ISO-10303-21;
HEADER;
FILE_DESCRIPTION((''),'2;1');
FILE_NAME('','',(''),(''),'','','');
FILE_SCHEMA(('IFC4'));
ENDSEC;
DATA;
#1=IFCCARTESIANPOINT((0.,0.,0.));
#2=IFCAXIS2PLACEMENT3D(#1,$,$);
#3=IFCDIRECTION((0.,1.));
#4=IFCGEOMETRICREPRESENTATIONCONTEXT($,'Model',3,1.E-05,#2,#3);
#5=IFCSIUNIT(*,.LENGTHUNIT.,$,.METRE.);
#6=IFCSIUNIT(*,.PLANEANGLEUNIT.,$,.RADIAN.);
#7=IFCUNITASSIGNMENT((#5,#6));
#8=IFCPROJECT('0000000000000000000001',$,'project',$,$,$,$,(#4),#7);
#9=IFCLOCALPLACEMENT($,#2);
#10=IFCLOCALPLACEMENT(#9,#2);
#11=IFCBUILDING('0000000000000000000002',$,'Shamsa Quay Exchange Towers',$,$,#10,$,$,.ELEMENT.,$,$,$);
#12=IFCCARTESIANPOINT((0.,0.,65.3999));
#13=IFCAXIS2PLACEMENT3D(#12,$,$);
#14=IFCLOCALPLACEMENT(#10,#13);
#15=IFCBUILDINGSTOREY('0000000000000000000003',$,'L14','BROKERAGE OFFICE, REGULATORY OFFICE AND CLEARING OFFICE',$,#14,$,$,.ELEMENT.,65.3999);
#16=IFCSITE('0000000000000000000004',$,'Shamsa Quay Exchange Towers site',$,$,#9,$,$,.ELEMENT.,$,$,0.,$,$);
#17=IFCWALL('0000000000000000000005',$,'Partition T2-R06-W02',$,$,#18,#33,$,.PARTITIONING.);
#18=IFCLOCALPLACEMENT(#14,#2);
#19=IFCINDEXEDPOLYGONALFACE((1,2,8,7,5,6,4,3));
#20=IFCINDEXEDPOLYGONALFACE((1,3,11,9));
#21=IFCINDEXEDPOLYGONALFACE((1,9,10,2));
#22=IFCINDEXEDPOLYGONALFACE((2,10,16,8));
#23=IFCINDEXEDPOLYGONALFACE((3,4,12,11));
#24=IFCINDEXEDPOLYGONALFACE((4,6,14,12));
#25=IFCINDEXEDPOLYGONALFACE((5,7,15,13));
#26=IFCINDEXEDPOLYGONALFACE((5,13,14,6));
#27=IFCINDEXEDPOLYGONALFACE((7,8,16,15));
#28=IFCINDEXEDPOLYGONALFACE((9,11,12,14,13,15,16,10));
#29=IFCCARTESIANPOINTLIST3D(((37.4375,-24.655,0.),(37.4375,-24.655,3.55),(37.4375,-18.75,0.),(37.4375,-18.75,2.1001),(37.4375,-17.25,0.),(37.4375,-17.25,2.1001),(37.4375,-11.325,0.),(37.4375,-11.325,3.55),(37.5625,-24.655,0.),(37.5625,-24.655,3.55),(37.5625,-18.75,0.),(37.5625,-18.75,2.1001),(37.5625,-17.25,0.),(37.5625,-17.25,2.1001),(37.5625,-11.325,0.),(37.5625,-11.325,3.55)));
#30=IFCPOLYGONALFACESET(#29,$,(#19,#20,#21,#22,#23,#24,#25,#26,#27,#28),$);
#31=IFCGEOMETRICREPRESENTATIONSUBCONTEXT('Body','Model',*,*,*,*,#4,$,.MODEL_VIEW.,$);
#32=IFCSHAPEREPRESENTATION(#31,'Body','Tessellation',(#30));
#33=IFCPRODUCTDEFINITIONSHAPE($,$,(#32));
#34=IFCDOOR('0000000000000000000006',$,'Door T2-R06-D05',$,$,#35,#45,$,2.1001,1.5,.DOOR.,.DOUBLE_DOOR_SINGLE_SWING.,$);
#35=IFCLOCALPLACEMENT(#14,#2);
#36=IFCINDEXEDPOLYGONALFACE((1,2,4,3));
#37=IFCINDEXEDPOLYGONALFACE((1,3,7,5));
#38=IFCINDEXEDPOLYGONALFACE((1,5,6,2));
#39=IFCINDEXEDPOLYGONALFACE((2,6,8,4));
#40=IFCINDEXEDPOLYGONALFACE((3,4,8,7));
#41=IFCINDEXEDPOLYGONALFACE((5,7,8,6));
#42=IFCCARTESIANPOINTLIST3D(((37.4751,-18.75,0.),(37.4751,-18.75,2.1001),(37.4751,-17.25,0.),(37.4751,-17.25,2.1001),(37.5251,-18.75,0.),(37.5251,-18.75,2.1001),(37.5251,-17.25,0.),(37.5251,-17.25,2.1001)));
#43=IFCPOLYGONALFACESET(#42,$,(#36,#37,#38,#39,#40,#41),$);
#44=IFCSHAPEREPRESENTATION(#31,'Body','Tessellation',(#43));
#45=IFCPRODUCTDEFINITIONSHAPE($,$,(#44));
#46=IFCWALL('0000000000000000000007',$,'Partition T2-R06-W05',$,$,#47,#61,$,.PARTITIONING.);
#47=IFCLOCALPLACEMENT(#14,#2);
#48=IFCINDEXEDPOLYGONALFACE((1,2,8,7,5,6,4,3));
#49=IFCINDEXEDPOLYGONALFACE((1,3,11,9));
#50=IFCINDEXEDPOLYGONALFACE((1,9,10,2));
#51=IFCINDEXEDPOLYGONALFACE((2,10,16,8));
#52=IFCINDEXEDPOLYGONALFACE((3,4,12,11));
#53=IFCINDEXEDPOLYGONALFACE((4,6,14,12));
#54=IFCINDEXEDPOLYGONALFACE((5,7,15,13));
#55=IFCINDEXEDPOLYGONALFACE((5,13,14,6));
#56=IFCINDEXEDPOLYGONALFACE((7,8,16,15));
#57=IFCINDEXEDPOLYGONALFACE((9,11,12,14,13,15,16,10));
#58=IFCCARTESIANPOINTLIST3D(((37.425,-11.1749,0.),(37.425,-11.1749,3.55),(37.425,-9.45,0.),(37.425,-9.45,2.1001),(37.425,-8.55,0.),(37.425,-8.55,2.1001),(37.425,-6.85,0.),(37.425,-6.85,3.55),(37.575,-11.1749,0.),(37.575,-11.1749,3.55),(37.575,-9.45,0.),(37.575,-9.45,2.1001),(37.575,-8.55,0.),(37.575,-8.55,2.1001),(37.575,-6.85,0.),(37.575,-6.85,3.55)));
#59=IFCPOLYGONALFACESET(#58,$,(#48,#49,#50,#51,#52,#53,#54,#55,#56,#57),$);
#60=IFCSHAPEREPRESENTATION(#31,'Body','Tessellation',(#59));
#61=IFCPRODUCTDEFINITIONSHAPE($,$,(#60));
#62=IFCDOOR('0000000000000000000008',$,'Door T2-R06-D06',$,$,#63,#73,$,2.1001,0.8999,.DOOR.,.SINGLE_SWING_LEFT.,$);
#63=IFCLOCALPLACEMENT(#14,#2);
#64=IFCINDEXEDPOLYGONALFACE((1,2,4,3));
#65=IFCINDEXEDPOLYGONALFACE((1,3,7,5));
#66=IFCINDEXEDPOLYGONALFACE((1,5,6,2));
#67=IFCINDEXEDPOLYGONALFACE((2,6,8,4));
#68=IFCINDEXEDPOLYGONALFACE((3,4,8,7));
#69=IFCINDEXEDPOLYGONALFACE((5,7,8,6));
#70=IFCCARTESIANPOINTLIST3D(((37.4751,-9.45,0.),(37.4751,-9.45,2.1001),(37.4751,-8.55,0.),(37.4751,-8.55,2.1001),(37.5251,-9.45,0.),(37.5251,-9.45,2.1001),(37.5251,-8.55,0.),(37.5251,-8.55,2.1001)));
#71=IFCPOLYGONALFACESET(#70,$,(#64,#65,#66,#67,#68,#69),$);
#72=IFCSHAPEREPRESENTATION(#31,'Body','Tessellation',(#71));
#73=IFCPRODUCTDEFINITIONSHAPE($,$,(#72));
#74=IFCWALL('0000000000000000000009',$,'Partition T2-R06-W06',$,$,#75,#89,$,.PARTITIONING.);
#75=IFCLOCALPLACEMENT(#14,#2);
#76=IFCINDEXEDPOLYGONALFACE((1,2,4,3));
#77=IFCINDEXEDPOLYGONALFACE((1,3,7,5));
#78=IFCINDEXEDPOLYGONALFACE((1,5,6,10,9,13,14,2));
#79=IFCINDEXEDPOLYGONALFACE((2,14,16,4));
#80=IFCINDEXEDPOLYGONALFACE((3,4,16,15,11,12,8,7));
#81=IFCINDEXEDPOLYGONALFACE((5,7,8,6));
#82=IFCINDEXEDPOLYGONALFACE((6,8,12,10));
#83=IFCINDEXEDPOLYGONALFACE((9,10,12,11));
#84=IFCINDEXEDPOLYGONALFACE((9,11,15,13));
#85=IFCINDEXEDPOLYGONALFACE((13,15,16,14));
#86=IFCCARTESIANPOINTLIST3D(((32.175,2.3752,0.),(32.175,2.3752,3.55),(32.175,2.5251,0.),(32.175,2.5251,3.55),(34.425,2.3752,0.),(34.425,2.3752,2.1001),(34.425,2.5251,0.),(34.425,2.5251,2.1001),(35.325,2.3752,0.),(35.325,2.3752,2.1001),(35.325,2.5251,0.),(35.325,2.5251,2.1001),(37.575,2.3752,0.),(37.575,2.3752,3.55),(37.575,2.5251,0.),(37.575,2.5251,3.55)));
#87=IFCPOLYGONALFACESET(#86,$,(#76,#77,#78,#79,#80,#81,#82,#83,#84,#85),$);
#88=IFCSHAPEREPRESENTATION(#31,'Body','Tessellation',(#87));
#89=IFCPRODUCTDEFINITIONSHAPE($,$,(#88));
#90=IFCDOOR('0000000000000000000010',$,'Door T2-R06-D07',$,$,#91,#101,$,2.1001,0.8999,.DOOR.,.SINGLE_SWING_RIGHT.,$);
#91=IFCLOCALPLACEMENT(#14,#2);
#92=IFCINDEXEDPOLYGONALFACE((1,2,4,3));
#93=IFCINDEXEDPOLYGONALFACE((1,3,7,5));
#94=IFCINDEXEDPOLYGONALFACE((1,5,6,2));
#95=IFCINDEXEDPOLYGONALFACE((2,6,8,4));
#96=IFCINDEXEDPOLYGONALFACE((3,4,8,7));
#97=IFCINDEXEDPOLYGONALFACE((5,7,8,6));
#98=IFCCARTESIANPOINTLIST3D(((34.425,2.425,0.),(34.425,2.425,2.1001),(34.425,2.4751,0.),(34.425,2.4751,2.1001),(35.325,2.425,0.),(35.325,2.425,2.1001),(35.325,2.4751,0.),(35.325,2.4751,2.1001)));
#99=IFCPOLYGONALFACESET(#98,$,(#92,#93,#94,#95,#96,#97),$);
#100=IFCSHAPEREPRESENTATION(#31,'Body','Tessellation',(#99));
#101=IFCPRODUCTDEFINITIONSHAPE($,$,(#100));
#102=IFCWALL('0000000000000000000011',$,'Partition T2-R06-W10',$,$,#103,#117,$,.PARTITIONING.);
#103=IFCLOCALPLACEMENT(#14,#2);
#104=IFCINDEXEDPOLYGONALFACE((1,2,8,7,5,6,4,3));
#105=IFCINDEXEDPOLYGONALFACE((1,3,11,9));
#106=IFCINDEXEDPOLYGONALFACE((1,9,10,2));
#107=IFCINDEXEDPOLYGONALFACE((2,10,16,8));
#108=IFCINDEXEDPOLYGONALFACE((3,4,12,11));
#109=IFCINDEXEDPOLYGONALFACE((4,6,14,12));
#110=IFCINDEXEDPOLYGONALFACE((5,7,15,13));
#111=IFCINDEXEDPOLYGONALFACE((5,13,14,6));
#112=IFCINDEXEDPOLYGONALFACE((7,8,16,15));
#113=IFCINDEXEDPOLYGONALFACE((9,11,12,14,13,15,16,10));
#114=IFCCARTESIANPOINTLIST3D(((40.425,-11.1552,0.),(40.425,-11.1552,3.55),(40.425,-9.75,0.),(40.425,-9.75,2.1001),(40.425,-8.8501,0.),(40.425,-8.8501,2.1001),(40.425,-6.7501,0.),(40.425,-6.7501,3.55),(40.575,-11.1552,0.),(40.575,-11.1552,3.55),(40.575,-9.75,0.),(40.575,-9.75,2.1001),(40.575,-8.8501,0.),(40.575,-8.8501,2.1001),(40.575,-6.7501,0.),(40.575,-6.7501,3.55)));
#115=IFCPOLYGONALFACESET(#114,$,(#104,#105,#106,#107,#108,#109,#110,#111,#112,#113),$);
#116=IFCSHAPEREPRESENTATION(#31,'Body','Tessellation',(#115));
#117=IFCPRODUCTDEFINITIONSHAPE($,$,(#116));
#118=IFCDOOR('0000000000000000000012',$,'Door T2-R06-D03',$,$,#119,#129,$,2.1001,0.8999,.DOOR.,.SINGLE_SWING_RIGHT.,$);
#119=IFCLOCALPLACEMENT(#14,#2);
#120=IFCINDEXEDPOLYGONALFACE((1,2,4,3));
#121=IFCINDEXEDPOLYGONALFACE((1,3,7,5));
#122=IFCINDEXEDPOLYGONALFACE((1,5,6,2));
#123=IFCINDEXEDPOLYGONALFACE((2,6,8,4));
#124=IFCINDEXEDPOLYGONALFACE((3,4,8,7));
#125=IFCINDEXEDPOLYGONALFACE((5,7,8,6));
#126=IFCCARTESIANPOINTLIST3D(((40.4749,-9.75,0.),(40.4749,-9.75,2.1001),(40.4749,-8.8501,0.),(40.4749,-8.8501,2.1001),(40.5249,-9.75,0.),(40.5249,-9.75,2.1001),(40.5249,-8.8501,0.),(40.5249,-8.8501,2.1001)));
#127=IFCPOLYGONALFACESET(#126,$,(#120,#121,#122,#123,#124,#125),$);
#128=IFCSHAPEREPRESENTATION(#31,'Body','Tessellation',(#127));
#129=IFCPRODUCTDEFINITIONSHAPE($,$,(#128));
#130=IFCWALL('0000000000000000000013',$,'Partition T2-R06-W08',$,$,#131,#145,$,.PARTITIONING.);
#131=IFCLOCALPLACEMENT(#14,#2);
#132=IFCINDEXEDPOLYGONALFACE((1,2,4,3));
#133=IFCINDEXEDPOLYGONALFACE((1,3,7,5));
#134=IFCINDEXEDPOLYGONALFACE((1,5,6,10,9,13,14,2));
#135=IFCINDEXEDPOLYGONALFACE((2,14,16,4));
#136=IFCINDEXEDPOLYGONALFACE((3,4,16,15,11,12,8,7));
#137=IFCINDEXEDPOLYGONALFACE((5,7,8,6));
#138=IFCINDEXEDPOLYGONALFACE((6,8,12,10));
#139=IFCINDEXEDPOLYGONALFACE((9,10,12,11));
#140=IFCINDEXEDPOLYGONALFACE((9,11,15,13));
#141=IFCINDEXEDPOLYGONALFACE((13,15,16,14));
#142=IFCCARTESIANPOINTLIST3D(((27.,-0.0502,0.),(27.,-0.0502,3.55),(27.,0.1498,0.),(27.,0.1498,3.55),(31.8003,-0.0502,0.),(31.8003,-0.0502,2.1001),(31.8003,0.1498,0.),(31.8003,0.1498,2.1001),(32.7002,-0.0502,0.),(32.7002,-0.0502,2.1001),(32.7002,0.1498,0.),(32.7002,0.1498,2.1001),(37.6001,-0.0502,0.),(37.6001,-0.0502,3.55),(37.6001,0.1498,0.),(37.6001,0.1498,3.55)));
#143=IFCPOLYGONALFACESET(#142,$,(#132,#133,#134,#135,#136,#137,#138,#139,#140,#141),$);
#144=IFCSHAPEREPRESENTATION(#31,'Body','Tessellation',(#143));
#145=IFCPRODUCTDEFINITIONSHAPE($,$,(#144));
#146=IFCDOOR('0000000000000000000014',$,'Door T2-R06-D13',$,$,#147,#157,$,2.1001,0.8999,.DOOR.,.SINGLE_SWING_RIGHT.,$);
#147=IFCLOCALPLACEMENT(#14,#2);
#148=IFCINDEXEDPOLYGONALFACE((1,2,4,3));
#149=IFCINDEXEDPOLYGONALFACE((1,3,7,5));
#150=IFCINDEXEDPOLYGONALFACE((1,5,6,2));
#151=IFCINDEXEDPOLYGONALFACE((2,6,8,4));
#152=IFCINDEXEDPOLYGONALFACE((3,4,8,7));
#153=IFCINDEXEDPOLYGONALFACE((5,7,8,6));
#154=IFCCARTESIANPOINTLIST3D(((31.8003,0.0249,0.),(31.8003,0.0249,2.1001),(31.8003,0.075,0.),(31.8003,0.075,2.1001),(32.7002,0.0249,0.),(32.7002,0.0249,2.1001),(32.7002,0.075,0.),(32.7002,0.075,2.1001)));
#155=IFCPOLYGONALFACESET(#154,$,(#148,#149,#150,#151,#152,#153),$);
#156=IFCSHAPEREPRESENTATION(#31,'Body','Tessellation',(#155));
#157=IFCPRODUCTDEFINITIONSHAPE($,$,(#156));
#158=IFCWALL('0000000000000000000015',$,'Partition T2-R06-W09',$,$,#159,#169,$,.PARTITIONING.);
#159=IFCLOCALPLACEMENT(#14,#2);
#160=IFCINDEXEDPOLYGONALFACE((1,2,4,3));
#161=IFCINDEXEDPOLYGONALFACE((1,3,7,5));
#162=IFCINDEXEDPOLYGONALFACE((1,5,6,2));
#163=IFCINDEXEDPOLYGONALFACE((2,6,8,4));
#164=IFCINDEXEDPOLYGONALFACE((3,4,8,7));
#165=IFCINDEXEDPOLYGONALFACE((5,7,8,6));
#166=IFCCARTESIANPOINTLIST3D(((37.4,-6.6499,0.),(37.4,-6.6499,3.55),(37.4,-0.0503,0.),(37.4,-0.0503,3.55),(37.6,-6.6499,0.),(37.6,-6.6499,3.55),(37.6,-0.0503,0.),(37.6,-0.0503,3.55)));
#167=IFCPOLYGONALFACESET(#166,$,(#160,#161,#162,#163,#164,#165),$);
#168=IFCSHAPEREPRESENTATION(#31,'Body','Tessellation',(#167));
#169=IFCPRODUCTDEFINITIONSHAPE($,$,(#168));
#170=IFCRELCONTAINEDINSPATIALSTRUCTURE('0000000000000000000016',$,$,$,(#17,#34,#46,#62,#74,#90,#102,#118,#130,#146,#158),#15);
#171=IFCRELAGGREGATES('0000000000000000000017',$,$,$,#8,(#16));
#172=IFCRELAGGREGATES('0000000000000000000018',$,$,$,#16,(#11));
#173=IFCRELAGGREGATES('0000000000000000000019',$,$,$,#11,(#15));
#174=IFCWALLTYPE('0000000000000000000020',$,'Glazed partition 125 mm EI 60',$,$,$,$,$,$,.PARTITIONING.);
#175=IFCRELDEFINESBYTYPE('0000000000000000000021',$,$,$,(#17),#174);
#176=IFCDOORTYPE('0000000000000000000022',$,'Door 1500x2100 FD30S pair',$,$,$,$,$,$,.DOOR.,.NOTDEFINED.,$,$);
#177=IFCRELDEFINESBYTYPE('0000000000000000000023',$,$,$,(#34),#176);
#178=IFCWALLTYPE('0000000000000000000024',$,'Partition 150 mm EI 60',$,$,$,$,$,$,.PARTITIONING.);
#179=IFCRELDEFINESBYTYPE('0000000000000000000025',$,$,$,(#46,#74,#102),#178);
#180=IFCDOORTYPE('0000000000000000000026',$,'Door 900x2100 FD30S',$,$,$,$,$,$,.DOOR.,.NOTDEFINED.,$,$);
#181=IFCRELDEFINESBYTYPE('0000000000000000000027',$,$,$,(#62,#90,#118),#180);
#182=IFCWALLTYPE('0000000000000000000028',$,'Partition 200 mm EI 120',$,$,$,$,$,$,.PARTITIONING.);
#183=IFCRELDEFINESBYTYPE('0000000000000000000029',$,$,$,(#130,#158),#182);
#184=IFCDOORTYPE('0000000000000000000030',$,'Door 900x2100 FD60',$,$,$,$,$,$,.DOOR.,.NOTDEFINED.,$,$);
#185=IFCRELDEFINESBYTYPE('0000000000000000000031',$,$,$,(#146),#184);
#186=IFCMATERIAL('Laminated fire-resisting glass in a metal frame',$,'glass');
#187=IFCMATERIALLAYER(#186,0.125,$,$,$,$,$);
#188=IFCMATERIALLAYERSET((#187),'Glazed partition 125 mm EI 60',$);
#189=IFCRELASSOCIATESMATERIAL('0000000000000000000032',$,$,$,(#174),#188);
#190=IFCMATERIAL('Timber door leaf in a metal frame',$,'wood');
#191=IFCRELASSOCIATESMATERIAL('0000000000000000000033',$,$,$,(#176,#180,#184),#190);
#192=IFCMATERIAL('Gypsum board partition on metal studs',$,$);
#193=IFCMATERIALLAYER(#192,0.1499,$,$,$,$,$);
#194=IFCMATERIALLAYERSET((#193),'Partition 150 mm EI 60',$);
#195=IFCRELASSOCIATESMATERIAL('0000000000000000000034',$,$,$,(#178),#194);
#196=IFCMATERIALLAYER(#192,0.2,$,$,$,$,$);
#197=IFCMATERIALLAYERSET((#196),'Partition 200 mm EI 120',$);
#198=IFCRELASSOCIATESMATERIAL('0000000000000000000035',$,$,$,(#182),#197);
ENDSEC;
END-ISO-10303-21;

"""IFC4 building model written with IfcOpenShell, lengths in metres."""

from ifc_helpers import new_model, si_unit, direction, frame, frame_2d, origin, place, context, subcontext, project, spatial, rectangle, extrude, material, layer, layer_set, type_object, element, fill, save


model = new_model("IFC4")

# Units and contexts
model_context = context("Model", 3, precision=1e-05, world=origin(), true_north=direction((0.0, 1.0)))
body_context = subcontext(model_context, "Body", "Model", "MODEL_VIEW")
ifc_project = project(units=[si_unit("LENGTHUNIT", "METRE"), si_unit("PLANEANGLEUNIT", "RADIAN")], contexts=[model_context])

# Site, building, storey
site_placement = place(None, origin())
site = spatial("IfcSite", under=ifc_project, at=site_placement, Name="Shamsa Quay Exchange Towers site", CompositionType="ELEMENT", RefElevation=0.0)
building_placement = place(site_placement, origin())
building = spatial("IfcBuilding", under=site, at=building_placement, Name="Shamsa Quay Exchange Towers", CompositionType="ELEMENT")
storey_placement = place(building_placement, frame((0.0, 0.0, 65.3999)))
storey = spatial("IfcBuildingStorey", under=building, at=storey_placement, Name="L14", Description="BROKERAGE OFFICE, REGULATORY OFFICE AND CLEARING OFFICE", CompositionType="ELEMENT", Elevation=65.3999)

# Walls, openings, doors
ifc_material_1 = material(Name="Laminated fire-resisting glass in a metal frame", Category="glass")
ifc_layer_1 = layer(ifc_material_1, 0.125)
ifc_layer_set_1 = layer_set([ifc_layer_1], Name="Glazed partition 125 mm EI 60")
wall_type_1 = type_object("IfcWallType", Name="Glazed partition 125 mm EI 60", PredefinedType="PARTITIONING", material=ifc_layer_set_1)
wall_1_placement = place(storey_placement, frame((37.5, -24.655, 0.0), z_axis=(0.0, 0.0, 1.0), x_axis=(0.0, 1.0, 0.0)))
wall_1 = element("IfcWall", 1, at=wall_1_placement, inside=storey, type_object=wall_type_1, Name="Partition T2-R06-W02", PredefinedType="PARTITIONING", context=body_context, shape_type="SweptSolid", body=[
    extrude(rectangle(XDim=13.3301, YDim=0.125, at=frame_2d((6.665, 0.0))), origin(), (0.0, 0.0, 1.0), 3.55),
])
opening_1_placement = place(wall_1_placement, frame((5.905, 0.0, 0.0)))
opening_1 = element("IfcOpeningElement", 2, at=opening_1_placement, cuts=wall_1, PredefinedType="OPENING", context=body_context, shape_type="SweptSolid", body=[
    extrude(rectangle(XDim=1.5, YDim=2.1001, at=frame_2d((0.75, 1.05))), frame((0.0, 0.0725, 0.0), z_axis=(0.0, -1.0, 0.0), x_axis=(1.0, 0.0, 0.0)), (0.0, 0.0, 1.0), 0.145),
])
ifc_material_2 = material(Name="Timber door leaf in a metal frame", Category="wood")
door_type_1 = type_object("IfcDoorType", Name="Door 1500x2100 FD30S pair", OperationType="NOTDEFINED", PredefinedType="DOOR", material=ifc_material_2)
door_1_placement = place(opening_1_placement, origin())
door_1 = element("IfcDoor", 3, at=door_1_placement, inside=storey, type_object=door_type_1, Name="Door T2-R06-D05", OperationType="DOUBLE_DOOR_SINGLE_SWING", OverallHeight=2.1001, OverallWidth=1.5, PredefinedType="DOOR", context=body_context, shape_type="SweptSolid", body=[
    extrude(rectangle(XDim=1.5, YDim=2.1001, at=frame_2d((0.75, 1.05))), frame((0.0, 0.0249, 0.0), z_axis=(0.0, -1.0, 0.0), x_axis=(1.0, 0.0, 0.0)), (0.0, 0.0, 1.0), 0.05),
])
fill(opening_1, door_1)
ifc_material_3 = material(Name="Gypsum board partition on metal studs")
ifc_layer_2 = layer(ifc_material_3, 0.1499)
ifc_layer_set_2 = layer_set([ifc_layer_2], Name="Partition 150 mm EI 60")
wall_type_2 = type_object("IfcWallType", Name="Partition 150 mm EI 60", PredefinedType="PARTITIONING", material=ifc_layer_set_2)
wall_2_placement = place(storey_placement, frame((37.5, -11.175, 0.0), z_axis=(0.0, 0.0, 1.0), x_axis=(0.0, 1.0, 0.0)))
wall_2 = element("IfcWall", 4, at=wall_2_placement, inside=storey, type_object=wall_type_2, Name="Partition T2-R06-W05", PredefinedType="PARTITIONING", context=body_context, shape_type="SweptSolid", body=[
    extrude(rectangle(XDim=4.325, YDim=0.1499, at=frame_2d((2.1626, 0.0))), origin(), (0.0, 0.0, 1.0), 3.55),
])
opening_2_placement = place(wall_2_placement, frame((1.7251, 0.0, 0.0)))
opening_2 = element("IfcOpeningElement", 5, at=opening_2_placement, cuts=wall_2, PredefinedType="OPENING", context=body_context, shape_type="SweptSolid", body=[
    extrude(rectangle(XDim=0.8999, YDim=2.1001, at=frame_2d((0.45, 1.05))), frame((0.0, 0.085, 0.0), z_axis=(0.0, -1.0, 0.0), x_axis=(1.0, 0.0, 0.0)), (0.0, 0.0, 1.0), 0.1699),
])
door_type_2 = type_object("IfcDoorType", Name="Door 900x2100 FD30S", OperationType="NOTDEFINED", PredefinedType="DOOR", material=ifc_material_2)
door_2_placement = place(opening_2_placement, origin())
door_2 = element("IfcDoor", 6, at=door_2_placement, inside=storey, type_object=door_type_2, Name="Door T2-R06-D06", OperationType="SINGLE_SWING_LEFT", OverallHeight=2.1001, OverallWidth=0.8999, PredefinedType="DOOR", context=body_context, shape_type="SweptSolid", body=[
    extrude(rectangle(XDim=0.8999, YDim=2.1001, at=frame_2d((0.45, 1.05))), frame((0.0, 0.0249, 0.0), z_axis=(0.0, -1.0, 0.0), x_axis=(1.0, 0.0, 0.0)), (0.0, 0.0, 1.0), 0.05),
])
fill(opening_2, door_2)
wall_3_placement = place(storey_placement, frame((32.175, 2.4502, 0.0)))
wall_3 = element("IfcWall", 7, at=wall_3_placement, inside=storey, type_object=wall_type_2, Name="Partition T2-R06-W06", PredefinedType="PARTITIONING", context=body_context, shape_type="SweptSolid", body=[
    extrude(rectangle(XDim=5.3999, YDim=0.1499, at=frame_2d((2.7, 0.0))), origin(), (0.0, 0.0, 1.0), 3.55),
])
opening_3_placement = place(wall_3_placement, frame((2.25, 0.0, 0.0)))
opening_3 = element("IfcOpeningElement", 8, at=opening_3_placement, cuts=wall_3, PredefinedType="OPENING", context=body_context, shape_type="SweptSolid", body=[
    extrude(rectangle(XDim=0.8999, YDim=2.1001, at=frame_2d((0.45, 1.05))), frame((0.0, 0.085, 0.0), z_axis=(0.0, -1.0, 0.0), x_axis=(1.0, 0.0, 0.0)), (0.0, 0.0, 1.0), 0.1699),
])
door_3_placement = place(opening_3_placement, origin())
door_3 = element("IfcDoor", 9, at=door_3_placement, inside=storey, type_object=door_type_2, Name="Door T2-R06-D07", OperationType="SINGLE_SWING_RIGHT", OverallHeight=2.1001, OverallWidth=0.8999, PredefinedType="DOOR", context=body_context, shape_type="SweptSolid", body=[
    extrude(rectangle(XDim=0.8999, YDim=2.1001, at=frame_2d((0.45, 1.05))), frame((0.0, 0.0249, 0.0), z_axis=(0.0, -1.0, 0.0), x_axis=(1.0, 0.0, 0.0)), (0.0, 0.0, 1.0), 0.05),
])
fill(opening_3, door_3)
wall_4_placement = place(storey_placement, frame((40.5, -6.75, 0.0), z_axis=(0.0, 0.0, 1.0), x_axis=(0.0, -1.0, 0.0)))
wall_4 = element("IfcWall", 10, at=wall_4_placement, inside=storey, type_object=wall_type_2, Name="Partition T2-R06-W10", PredefinedType="PARTITIONING", context=body_context, shape_type="SweptSolid", body=[
    extrude(rectangle(XDim=4.405, YDim=0.1499, at=frame_2d((2.2026, 0.0))), origin(), (0.0, 0.0, 1.0), 3.55),
])
opening_4_placement = place(wall_4_placement, frame((2.1001, 0.0, 0.0)))
opening_4 = element("IfcOpeningElement", 11, at=opening_4_placement, cuts=wall_4, PredefinedType="OPENING", context=body_context, shape_type="SweptSolid", body=[
    extrude(rectangle(XDim=0.8999, YDim=2.1001, at=frame_2d((0.45, 1.05))), frame((0.0, 0.085, 0.0), z_axis=(0.0, -1.0, 0.0), x_axis=(1.0, 0.0, 0.0)), (0.0, 0.0, 1.0), 0.1699),
])
door_4_placement = place(opening_4_placement, origin())
door_4 = element("IfcDoor", 12, at=door_4_placement, inside=storey, type_object=door_type_2, Name="Door T2-R06-D03", OperationType="SINGLE_SWING_RIGHT", OverallHeight=2.1001, OverallWidth=0.8999, PredefinedType="DOOR", context=body_context, shape_type="SweptSolid", body=[
    extrude(rectangle(XDim=0.8999, YDim=2.1001, at=frame_2d((0.45, 1.05))), frame((0.0, 0.0249, 0.0), z_axis=(0.0, -1.0, 0.0), x_axis=(1.0, 0.0, 0.0)), (0.0, 0.0, 1.0), 0.05),
])
fill(opening_4, door_4)
ifc_layer_3 = layer(ifc_material_3, 0.2)
ifc_layer_set_3 = layer_set([ifc_layer_3], Name="Partition 200 mm EI 120")
wall_type_3 = type_object("IfcWallType", Name="Partition 200 mm EI 120", PredefinedType="PARTITIONING", material=ifc_layer_set_3)
wall_5_placement = place(storey_placement, frame((37.6001, 0.0498, 0.0), z_axis=(0.0, 0.0, 1.0), x_axis=(-1.0, 0.0, 0.0)))
wall_5 = element("IfcWall", 13, at=wall_5_placement, inside=storey, type_object=wall_type_3, Name="Partition T2-R06-W08", PredefinedType="PARTITIONING", context=body_context, shape_type="SweptSolid", body=[
    extrude(rectangle(XDim=10.6001, YDim=0.2, at=frame_2d((5.3, 0.0))), origin(), (0.0, 0.0, 1.0), 3.55),
])
opening_5_placement = place(wall_5_placement, frame((4.8999, 0.0, 0.0)))
opening_5 = element("IfcOpeningElement", 14, at=opening_5_placement, cuts=wall_5, PredefinedType="OPENING", context=body_context, shape_type="SweptSolid", body=[
    extrude(rectangle(XDim=0.8999, YDim=2.1001, at=frame_2d((0.45, 1.05))), frame((0.0, 0.1099, 0.0), z_axis=(0.0, -1.0, 0.0), x_axis=(1.0, 0.0, 0.0)), (0.0, 0.0, 1.0), 0.22),
])
door_type_3 = type_object("IfcDoorType", Name="Door 900x2100 FD60", OperationType="NOTDEFINED", PredefinedType="DOOR", material=ifc_material_2)
door_5_placement = place(opening_5_placement, origin())
door_5 = element("IfcDoor", 15, at=door_5_placement, inside=storey, type_object=door_type_3, Name="Door T2-R06-D13", OperationType="SINGLE_SWING_RIGHT", OverallHeight=2.1001, OverallWidth=0.8999, PredefinedType="DOOR", context=body_context, shape_type="SweptSolid", body=[
    extrude(rectangle(XDim=0.8999, YDim=2.1001, at=frame_2d((0.45, 1.05))), frame((0.0, 0.0249, 0.0), z_axis=(0.0, -1.0, 0.0), x_axis=(1.0, 0.0, 0.0)), (0.0, 0.0, 1.0), 0.05),
])
fill(opening_5, door_5)

# Wall
wall_6_placement = place(storey_placement, frame((37.5, -6.6499, 0.0), z_axis=(0.0, 0.0, 1.0), x_axis=(0.0, 1.0, 0.0)))
element("IfcWall", 16, at=wall_6_placement, inside=storey, type_object=wall_type_3, Name="Partition T2-R06-W09", PredefinedType="PARTITIONING", context=body_context, shape_type="SweptSolid", body=[
    extrude(rectangle(XDim=6.5996, YDim=0.2, at=frame_2d((3.2998, 0.0))), origin(), (0.0, 0.0, 1.0), 3.55),
])

save(model, "model.ifc")
